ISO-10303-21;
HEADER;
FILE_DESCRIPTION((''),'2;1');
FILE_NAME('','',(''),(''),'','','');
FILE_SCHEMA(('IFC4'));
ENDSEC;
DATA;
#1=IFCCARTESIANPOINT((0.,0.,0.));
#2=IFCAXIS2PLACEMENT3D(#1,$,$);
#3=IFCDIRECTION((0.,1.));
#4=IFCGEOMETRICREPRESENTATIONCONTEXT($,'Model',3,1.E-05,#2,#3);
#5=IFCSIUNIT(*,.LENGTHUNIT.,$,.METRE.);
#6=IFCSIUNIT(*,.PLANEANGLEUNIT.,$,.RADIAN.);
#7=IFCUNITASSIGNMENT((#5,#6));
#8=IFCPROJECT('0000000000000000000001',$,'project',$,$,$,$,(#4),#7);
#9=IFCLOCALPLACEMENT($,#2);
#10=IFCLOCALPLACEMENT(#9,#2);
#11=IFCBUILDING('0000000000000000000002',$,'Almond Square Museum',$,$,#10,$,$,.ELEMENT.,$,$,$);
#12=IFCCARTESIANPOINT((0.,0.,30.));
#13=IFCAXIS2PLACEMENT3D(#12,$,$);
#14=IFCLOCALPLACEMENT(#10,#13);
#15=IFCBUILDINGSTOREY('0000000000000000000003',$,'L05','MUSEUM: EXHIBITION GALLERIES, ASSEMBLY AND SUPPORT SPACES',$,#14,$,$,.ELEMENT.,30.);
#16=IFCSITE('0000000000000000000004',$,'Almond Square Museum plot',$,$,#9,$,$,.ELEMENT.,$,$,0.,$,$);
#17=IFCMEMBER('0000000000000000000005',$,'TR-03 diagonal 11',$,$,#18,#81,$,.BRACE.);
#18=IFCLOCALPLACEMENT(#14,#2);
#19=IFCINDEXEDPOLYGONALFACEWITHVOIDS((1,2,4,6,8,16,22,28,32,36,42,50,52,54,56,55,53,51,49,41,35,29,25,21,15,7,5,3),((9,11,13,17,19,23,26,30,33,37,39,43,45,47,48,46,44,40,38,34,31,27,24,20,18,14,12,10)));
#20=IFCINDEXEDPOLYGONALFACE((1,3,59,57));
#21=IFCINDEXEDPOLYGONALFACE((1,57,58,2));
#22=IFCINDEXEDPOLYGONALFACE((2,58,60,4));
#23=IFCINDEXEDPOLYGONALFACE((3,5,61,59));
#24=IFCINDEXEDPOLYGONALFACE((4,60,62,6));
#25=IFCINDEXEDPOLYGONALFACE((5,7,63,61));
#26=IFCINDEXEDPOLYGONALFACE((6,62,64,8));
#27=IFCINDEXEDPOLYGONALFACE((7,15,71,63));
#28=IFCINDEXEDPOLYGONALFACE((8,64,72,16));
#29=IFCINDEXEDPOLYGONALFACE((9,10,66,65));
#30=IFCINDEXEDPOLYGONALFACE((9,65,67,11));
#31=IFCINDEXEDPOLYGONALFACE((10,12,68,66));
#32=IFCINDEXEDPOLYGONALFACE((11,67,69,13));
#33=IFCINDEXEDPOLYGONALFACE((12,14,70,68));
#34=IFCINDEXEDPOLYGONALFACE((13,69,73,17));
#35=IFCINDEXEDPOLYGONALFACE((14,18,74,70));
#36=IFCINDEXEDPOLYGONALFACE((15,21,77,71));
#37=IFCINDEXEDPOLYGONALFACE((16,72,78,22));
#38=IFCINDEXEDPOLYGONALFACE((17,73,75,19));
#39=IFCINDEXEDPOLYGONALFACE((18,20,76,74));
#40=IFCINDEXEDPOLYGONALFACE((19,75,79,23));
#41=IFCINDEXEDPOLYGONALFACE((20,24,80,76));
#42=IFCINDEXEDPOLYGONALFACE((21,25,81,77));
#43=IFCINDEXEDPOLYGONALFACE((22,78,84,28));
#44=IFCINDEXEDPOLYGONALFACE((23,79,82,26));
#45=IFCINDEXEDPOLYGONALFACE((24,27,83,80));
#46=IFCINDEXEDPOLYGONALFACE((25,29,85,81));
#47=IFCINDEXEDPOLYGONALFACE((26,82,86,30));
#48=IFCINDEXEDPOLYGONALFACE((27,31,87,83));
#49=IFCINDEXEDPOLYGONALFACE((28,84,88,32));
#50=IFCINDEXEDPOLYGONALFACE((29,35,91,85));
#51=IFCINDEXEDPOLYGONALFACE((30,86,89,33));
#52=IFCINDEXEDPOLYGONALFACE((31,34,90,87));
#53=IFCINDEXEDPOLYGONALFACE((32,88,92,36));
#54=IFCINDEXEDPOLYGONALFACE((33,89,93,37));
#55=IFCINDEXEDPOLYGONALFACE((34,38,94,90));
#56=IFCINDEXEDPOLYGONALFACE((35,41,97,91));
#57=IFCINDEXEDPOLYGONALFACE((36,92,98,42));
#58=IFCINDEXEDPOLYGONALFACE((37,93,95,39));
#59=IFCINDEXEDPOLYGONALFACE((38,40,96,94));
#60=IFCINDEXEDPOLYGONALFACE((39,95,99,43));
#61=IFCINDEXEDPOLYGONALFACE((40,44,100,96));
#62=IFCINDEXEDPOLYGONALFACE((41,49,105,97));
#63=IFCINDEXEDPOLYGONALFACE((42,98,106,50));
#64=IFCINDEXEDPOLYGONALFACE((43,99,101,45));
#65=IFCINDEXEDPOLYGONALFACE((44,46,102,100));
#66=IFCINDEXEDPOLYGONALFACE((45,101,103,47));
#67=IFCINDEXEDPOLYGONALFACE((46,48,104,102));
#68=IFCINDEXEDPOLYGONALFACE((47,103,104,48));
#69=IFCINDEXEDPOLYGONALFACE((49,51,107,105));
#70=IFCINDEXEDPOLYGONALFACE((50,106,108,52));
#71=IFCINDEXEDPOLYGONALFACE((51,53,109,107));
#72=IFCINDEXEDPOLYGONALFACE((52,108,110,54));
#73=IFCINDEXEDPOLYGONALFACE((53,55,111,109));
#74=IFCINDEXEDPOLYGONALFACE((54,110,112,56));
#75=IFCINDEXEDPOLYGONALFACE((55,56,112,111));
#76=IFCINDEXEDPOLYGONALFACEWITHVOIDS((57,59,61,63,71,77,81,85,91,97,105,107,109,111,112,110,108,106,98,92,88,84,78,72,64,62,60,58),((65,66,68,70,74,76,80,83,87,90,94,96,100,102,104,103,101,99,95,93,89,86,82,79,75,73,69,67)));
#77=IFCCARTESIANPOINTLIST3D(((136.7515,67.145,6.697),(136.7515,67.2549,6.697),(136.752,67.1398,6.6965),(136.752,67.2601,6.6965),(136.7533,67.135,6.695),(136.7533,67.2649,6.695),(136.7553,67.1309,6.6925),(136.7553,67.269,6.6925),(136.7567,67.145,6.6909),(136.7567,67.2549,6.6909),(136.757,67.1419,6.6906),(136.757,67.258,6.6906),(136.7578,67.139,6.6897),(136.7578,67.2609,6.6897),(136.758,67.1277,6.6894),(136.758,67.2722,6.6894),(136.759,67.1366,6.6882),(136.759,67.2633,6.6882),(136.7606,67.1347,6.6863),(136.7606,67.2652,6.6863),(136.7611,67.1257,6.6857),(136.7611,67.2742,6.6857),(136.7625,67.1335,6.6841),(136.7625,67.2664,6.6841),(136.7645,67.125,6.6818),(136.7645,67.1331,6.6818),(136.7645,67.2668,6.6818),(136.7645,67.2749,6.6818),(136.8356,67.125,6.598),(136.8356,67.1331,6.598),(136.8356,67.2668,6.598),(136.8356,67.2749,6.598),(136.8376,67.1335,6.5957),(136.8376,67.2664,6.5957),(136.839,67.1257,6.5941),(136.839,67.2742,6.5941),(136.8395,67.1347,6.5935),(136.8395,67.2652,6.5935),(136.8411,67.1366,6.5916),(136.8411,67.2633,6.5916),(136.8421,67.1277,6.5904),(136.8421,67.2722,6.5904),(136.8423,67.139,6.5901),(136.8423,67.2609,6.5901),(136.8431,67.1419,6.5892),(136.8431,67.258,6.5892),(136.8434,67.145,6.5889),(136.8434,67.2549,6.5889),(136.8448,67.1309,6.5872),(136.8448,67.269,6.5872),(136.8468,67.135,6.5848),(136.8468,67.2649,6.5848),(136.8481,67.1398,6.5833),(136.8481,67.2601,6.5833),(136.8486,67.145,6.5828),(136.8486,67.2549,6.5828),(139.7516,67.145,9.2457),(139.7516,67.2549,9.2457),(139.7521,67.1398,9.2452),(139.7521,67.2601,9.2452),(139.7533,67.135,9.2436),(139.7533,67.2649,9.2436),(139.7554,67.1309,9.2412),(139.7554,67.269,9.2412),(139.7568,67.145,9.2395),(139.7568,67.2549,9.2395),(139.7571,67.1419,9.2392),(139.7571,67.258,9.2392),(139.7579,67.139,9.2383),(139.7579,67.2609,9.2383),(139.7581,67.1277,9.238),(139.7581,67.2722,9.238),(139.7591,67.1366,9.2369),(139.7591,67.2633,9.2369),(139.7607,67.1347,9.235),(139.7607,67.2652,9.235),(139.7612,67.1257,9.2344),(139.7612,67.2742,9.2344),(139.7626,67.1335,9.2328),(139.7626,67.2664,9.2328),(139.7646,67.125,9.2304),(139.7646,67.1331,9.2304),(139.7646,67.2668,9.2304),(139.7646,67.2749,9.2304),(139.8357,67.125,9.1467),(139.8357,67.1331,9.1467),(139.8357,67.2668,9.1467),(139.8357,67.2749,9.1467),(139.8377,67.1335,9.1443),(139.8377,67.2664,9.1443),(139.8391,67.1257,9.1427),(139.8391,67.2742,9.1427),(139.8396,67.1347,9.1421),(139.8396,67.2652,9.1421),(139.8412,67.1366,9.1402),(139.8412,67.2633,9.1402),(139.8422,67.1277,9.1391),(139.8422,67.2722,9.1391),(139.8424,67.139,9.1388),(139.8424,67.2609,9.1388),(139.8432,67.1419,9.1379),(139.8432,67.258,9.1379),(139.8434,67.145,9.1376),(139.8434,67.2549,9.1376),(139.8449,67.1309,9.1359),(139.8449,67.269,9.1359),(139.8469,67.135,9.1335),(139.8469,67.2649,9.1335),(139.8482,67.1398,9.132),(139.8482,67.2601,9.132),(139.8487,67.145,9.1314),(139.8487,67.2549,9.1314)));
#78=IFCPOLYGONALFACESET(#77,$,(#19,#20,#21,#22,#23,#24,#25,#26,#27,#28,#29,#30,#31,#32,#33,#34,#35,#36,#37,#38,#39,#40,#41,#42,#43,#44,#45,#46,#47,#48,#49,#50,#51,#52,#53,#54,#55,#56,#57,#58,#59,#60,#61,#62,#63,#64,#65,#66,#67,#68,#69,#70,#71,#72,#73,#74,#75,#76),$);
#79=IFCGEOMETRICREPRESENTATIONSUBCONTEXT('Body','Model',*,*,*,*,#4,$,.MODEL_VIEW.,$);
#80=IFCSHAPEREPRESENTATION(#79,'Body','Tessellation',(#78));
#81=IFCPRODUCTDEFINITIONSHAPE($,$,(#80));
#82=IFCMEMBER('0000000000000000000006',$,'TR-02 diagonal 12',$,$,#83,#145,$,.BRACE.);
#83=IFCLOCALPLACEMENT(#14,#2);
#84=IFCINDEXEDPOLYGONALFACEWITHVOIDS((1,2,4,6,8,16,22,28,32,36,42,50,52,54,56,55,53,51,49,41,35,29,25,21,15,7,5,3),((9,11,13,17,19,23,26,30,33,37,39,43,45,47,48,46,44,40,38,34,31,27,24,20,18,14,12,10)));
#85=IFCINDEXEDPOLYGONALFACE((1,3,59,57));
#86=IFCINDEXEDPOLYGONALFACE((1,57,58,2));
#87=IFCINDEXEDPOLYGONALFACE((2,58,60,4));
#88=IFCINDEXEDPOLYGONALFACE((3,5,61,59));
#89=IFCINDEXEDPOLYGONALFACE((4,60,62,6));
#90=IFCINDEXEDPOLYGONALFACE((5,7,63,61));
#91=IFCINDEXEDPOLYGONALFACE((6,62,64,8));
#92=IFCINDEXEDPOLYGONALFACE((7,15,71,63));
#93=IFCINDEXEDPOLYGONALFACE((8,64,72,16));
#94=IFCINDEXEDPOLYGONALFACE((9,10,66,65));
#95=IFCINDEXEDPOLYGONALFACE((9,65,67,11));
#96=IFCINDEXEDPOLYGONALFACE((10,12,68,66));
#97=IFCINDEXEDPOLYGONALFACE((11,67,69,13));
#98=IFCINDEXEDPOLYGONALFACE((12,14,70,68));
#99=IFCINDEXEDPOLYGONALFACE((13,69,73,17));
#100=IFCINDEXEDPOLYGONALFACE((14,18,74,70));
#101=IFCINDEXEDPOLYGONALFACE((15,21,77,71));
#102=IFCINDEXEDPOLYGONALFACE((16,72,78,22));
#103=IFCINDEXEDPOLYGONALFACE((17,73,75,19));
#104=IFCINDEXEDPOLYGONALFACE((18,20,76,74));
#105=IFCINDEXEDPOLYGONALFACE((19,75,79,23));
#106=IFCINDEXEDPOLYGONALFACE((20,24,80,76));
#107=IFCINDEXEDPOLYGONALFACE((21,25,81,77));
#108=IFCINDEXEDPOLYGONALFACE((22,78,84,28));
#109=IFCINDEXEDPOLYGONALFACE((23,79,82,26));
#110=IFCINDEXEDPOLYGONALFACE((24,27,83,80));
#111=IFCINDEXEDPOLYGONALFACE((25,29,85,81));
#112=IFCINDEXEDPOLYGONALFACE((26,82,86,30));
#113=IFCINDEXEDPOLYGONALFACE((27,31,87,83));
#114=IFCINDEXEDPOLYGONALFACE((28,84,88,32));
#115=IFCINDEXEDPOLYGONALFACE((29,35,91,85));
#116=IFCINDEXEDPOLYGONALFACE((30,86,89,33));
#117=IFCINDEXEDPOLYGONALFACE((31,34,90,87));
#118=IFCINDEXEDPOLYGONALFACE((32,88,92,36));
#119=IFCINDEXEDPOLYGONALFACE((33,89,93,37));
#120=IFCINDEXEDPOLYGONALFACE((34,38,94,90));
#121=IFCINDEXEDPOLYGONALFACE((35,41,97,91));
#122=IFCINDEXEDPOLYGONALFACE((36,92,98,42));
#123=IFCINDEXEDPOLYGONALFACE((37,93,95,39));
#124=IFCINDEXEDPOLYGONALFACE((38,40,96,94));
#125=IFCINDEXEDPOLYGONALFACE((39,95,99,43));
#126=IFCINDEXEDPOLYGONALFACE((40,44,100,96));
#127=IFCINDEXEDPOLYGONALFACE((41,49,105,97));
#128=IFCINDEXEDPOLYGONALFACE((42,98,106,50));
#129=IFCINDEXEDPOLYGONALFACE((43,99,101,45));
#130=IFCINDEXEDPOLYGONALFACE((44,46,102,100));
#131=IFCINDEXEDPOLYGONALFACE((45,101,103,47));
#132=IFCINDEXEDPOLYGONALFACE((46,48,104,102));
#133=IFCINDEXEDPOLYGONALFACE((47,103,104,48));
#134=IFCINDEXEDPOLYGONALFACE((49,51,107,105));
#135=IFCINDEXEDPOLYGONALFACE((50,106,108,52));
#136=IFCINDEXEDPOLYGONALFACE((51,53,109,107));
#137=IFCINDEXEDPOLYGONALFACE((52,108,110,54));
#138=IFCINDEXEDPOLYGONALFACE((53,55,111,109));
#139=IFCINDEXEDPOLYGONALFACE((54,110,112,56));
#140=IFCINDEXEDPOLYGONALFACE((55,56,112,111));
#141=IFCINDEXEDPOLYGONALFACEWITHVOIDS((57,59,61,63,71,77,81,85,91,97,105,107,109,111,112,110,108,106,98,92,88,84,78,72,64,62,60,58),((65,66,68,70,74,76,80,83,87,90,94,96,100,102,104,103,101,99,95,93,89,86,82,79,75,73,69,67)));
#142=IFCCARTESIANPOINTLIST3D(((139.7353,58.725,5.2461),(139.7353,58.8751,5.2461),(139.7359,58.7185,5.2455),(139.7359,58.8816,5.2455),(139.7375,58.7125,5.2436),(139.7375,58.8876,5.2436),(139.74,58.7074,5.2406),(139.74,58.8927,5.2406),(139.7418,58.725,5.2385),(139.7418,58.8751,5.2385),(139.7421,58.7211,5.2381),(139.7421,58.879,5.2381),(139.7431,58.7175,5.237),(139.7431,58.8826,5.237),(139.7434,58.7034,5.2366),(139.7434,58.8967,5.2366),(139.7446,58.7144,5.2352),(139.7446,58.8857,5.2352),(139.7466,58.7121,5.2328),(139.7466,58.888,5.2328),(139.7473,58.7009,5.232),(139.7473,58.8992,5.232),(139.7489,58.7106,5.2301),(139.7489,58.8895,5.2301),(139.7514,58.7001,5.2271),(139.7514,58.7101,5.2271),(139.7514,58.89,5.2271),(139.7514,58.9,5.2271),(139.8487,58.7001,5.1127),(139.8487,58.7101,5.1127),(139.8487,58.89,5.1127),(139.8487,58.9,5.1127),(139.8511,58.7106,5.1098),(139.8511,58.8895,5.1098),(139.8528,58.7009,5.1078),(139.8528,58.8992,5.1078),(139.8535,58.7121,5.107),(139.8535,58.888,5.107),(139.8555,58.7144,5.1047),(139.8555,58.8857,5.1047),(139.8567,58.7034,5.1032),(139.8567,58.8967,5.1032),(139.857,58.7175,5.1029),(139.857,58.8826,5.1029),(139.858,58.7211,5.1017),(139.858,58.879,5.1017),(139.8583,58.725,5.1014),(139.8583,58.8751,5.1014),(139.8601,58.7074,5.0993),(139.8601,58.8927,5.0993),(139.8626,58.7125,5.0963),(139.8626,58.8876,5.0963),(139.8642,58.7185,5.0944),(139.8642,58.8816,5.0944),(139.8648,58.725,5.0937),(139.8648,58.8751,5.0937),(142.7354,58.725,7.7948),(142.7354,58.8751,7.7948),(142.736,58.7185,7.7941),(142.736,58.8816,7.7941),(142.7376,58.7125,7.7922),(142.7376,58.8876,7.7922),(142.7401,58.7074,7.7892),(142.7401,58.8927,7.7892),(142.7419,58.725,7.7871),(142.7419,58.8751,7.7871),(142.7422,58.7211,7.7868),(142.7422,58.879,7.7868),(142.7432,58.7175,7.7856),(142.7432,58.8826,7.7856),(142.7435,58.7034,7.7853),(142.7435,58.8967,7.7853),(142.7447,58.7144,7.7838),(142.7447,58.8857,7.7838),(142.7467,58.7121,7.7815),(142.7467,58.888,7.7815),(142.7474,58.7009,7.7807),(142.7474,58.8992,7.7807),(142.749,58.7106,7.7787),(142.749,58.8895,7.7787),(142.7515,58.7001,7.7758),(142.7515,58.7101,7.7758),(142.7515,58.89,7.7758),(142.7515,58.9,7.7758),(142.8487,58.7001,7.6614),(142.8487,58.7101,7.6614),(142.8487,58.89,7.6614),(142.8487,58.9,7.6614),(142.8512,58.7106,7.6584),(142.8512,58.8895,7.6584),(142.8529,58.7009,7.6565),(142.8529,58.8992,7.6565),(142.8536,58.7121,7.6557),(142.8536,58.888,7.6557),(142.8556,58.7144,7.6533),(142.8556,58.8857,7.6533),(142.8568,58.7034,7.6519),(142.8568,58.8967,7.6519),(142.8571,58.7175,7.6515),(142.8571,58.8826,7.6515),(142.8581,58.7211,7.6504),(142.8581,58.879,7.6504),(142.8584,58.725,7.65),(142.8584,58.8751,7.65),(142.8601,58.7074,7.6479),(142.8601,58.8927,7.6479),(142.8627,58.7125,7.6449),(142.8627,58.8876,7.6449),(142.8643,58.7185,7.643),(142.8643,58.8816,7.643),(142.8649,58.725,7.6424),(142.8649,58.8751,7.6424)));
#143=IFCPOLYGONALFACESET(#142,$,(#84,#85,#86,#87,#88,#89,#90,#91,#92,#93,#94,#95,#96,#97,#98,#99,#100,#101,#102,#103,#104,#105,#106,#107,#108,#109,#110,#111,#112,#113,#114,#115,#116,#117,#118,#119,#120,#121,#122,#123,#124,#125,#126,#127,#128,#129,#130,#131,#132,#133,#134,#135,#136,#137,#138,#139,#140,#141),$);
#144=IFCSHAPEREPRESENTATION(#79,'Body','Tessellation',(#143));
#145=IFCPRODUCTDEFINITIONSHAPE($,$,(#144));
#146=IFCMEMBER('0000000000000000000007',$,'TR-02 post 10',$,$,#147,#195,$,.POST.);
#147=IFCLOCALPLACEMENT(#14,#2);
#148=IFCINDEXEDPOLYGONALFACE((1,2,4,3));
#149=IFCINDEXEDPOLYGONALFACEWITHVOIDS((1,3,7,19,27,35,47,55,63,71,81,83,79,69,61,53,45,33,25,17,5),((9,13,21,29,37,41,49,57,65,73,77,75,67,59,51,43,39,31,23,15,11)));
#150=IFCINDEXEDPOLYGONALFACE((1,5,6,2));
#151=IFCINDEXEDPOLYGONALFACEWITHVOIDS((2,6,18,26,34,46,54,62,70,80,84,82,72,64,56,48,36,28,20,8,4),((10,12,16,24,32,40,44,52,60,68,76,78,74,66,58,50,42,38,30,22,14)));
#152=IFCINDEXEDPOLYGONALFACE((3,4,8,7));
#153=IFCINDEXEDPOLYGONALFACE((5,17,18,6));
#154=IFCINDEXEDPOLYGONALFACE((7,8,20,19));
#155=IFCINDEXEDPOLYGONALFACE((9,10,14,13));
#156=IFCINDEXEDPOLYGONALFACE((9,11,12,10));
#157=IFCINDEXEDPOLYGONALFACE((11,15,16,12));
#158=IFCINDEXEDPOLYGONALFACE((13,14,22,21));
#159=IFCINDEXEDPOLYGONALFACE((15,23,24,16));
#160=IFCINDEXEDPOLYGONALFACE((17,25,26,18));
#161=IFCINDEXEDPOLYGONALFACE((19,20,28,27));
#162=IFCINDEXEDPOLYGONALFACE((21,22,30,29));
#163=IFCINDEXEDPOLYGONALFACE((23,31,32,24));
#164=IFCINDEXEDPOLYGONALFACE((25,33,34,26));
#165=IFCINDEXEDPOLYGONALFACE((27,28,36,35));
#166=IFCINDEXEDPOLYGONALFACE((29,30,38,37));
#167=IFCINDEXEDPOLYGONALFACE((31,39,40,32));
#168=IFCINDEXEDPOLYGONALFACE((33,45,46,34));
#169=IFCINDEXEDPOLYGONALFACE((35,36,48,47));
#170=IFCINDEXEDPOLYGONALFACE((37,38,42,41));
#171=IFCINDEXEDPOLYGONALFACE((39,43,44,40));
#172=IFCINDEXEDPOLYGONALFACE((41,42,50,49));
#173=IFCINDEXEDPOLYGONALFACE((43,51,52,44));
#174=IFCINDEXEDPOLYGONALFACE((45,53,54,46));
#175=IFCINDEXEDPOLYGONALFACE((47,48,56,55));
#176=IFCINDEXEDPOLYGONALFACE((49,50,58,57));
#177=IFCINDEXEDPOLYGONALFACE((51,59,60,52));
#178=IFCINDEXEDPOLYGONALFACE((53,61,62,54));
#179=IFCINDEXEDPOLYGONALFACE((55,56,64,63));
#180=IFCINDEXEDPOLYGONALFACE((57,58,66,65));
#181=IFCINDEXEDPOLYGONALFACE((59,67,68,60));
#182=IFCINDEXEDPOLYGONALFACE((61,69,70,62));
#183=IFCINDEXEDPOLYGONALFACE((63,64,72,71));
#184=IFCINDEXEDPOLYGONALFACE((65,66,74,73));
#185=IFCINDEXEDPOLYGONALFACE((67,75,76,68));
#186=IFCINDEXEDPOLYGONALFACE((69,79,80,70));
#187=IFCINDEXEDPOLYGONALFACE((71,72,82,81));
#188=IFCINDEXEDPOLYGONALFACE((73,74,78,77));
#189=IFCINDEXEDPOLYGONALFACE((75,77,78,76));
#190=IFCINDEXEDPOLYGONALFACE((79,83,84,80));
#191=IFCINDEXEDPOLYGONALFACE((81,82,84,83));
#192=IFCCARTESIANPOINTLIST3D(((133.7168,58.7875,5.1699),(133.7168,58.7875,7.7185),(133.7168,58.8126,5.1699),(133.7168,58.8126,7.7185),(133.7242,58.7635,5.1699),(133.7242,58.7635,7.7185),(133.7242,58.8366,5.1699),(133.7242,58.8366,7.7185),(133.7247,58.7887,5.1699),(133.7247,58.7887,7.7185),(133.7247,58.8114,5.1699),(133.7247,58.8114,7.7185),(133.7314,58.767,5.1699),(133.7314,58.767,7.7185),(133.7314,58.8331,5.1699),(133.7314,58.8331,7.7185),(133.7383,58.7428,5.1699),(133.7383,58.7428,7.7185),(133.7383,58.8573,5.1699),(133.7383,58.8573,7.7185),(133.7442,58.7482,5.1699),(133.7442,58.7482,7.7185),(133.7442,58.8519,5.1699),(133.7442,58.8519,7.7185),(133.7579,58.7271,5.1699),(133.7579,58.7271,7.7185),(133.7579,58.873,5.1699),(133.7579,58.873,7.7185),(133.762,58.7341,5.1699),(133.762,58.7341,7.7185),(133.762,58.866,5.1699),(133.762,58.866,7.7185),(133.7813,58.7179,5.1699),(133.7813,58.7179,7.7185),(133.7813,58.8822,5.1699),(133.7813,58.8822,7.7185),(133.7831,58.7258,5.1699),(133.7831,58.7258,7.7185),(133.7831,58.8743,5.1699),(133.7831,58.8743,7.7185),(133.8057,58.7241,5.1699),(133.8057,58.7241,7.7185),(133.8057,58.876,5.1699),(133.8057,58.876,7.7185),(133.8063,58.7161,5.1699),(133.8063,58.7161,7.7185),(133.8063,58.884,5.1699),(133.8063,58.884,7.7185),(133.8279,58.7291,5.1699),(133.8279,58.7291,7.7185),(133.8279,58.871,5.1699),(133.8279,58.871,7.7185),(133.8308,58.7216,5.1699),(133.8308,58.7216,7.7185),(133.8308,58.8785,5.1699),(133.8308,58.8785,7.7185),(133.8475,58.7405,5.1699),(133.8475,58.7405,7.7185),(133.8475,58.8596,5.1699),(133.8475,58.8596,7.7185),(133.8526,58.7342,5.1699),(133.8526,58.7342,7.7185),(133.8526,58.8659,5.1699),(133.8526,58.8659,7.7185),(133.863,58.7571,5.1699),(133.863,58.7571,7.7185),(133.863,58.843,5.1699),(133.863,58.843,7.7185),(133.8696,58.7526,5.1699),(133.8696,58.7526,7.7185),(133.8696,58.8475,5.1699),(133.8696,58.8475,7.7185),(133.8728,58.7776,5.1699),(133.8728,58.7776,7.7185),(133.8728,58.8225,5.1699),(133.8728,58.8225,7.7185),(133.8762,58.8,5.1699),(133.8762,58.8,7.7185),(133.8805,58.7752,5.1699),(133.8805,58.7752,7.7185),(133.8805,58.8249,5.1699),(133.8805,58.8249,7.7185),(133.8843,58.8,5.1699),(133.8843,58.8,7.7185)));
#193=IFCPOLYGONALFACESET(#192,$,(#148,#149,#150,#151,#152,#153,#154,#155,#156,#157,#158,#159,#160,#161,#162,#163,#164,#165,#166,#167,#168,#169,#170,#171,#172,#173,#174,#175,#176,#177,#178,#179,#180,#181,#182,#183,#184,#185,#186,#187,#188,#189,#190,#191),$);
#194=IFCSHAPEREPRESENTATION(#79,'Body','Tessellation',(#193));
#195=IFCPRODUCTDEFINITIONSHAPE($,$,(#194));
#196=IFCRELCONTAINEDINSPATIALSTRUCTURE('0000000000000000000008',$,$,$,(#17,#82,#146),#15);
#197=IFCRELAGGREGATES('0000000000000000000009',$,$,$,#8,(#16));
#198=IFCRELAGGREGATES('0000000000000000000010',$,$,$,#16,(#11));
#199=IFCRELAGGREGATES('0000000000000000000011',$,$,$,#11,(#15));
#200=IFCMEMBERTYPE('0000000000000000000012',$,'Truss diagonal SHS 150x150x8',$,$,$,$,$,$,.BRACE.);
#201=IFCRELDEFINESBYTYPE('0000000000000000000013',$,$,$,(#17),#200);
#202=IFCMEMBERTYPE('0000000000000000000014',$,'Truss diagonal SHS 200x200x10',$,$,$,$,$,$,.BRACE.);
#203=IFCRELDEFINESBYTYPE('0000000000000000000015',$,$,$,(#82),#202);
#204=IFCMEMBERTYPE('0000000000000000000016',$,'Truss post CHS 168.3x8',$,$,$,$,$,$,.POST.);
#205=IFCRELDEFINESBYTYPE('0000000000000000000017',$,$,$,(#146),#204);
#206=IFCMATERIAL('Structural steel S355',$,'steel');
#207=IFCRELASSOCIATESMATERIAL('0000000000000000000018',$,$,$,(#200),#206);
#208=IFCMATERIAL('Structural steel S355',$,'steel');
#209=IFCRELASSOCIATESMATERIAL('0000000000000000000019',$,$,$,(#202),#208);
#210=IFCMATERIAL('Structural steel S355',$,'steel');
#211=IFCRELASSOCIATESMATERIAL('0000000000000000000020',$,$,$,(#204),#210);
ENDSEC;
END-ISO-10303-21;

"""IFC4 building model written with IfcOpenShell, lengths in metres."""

from ifc_helpers import new_model, si_unit, direction, frame, origin, origin_2d, place, context, subcontext, project, spatial, hollow_rectangle, hollow_circle, extrude, material, material_profile, profile_set, type_object, element, save


model = new_model("IFC4")

# Units and contexts
model_context = context("Model", 3, precision=1e-05, world=origin(), true_north=direction((0.0, 1.0)))
body_context = subcontext(model_context, "Body", "Model", "MODEL_VIEW")
ifc_project = project(units=[si_unit("LENGTHUNIT", "METRE"), si_unit("PLANEANGLEUNIT", "RADIAN")], contexts=[model_context])

# Site, building, storey
site_placement = place(None, origin())
site = spatial("IfcSite", under=ifc_project, at=site_placement, Name="Almond Square Museum plot", CompositionType="ELEMENT", RefElevation=0.0)
building_placement = place(site_placement, origin())
building = spatial("IfcBuilding", under=site, at=building_placement, Name="Almond Square Museum", CompositionType="ELEMENT")
storey_placement = place(building_placement, frame((0.0, 0.0, 30.0)))
storey = spatial("IfcBuildingStorey", under=building, at=storey_placement, Name="L05", Description="MUSEUM: EXHIBITION GALLERIES, ASSEMBLY AND SUPPORT SPACES", CompositionType="ELEMENT", Elevation=30.0)

# Members
ifc_material_1 = material(Name="Structural steel S355", Category="steel")
ifc_material_profile_1 = material_profile(ifc_material_1, hollow_rectangle(XDim=0.1499, YDim=0.1499, WallThickness=0.0081, InnerFilletRadius=0.012, OuterFilletRadius=0.02, at=origin_2d()))
ifc_profile_set_1 = profile_set([ifc_material_profile_1], Name="Structural steel S355")
member_type_1 = type_object("IfcMemberType", Name="Truss diagonal SHS 150x150x8", PredefinedType="BRACE", material=ifc_profile_set_1)
for number, where, z_axis, x_axis, name in (
    (1, (136.8, 67.2, 6.6399), (0.762117, 0.0, 0.64744), (0.0, 1.0, 0.0), "TR-03 diagonal 11"),
):
    element("IfcMember", number, at=place(storey_placement, frame(where, z_axis=z_axis, x_axis=x_axis)), inside=storey, type_object=member_type_1, Name=name, PredefinedType="BRACE", context=body_context, shape_type="SweptSolid", body=[
        extrude(hollow_rectangle(XDim=0.1499, YDim=0.1499, WallThickness=0.0081, InnerFilletRadius=0.012, OuterFilletRadius=0.02, at=origin_2d()), origin(), (0.0, 0.0, 1.0), 3.9365),
    ])
ifc_material_2 = material(Name="Structural steel S355", Category="steel")
ifc_material_profile_2 = material_profile(ifc_material_2, hollow_rectangle(XDim=0.2, YDim=0.2, WallThickness=0.01, InnerFilletRadius=0.0149, OuterFilletRadius=0.0249, at=origin_2d()))
ifc_profile_set_2 = profile_set([ifc_material_profile_2], Name="Structural steel S355")
member_type_2 = type_object("IfcMemberType", Name="Truss diagonal SHS 200x200x10", PredefinedType="BRACE", material=ifc_profile_set_2)
member_1_placement = place(storey_placement, frame((139.8, 58.8, 5.1699), z_axis=(0.762117, 0.0, 0.64744), x_axis=(0.0, 1.0, 0.0)))
element("IfcMember", 2, at=member_1_placement, inside=storey, type_object=member_type_2, Name="TR-02 diagonal 12", PredefinedType="BRACE", context=body_context, shape_type="SweptSolid", body=[
    extrude(hollow_rectangle(XDim=0.2, YDim=0.2, WallThickness=0.01, InnerFilletRadius=0.0149, OuterFilletRadius=0.0249, at=origin_2d()), origin(), (0.0, 0.0, 1.0), 3.9365),
])
ifc_material_3 = material(Name="Structural steel S355", Category="steel")
ifc_material_profile_3 = material_profile(ifc_material_3, hollow_circle(Radius=0.0842, WallThickness=0.0081, at=origin_2d()))
ifc_profile_set_3 = profile_set([ifc_material_profile_3], Name="Structural steel S355")
member_type_3 = type_object("IfcMemberType", Name="Truss post CHS 168.3x8", PredefinedType="POST", material=ifc_profile_set_3)
for number, where, z_axis, x_axis, name in (
    (3, (133.8, 58.8, 5.1699), (0.0, 0.0, 1.0), (1.0, 0.0, 0.0), "TR-02 post 10"),
):
    element("IfcMember", number, at=place(storey_placement, frame(where, z_axis=z_axis, x_axis=x_axis)), inside=storey, type_object=member_type_3, Name=name, PredefinedType="POST", context=body_context, shape_type="SweptSolid", body=[
        extrude(hollow_circle(Radius=0.0842, WallThickness=0.0081, at=origin_2d()), origin(), (0.0, 0.0, 1.0), 2.5486),
    ])

save(model, "model.ifc")
